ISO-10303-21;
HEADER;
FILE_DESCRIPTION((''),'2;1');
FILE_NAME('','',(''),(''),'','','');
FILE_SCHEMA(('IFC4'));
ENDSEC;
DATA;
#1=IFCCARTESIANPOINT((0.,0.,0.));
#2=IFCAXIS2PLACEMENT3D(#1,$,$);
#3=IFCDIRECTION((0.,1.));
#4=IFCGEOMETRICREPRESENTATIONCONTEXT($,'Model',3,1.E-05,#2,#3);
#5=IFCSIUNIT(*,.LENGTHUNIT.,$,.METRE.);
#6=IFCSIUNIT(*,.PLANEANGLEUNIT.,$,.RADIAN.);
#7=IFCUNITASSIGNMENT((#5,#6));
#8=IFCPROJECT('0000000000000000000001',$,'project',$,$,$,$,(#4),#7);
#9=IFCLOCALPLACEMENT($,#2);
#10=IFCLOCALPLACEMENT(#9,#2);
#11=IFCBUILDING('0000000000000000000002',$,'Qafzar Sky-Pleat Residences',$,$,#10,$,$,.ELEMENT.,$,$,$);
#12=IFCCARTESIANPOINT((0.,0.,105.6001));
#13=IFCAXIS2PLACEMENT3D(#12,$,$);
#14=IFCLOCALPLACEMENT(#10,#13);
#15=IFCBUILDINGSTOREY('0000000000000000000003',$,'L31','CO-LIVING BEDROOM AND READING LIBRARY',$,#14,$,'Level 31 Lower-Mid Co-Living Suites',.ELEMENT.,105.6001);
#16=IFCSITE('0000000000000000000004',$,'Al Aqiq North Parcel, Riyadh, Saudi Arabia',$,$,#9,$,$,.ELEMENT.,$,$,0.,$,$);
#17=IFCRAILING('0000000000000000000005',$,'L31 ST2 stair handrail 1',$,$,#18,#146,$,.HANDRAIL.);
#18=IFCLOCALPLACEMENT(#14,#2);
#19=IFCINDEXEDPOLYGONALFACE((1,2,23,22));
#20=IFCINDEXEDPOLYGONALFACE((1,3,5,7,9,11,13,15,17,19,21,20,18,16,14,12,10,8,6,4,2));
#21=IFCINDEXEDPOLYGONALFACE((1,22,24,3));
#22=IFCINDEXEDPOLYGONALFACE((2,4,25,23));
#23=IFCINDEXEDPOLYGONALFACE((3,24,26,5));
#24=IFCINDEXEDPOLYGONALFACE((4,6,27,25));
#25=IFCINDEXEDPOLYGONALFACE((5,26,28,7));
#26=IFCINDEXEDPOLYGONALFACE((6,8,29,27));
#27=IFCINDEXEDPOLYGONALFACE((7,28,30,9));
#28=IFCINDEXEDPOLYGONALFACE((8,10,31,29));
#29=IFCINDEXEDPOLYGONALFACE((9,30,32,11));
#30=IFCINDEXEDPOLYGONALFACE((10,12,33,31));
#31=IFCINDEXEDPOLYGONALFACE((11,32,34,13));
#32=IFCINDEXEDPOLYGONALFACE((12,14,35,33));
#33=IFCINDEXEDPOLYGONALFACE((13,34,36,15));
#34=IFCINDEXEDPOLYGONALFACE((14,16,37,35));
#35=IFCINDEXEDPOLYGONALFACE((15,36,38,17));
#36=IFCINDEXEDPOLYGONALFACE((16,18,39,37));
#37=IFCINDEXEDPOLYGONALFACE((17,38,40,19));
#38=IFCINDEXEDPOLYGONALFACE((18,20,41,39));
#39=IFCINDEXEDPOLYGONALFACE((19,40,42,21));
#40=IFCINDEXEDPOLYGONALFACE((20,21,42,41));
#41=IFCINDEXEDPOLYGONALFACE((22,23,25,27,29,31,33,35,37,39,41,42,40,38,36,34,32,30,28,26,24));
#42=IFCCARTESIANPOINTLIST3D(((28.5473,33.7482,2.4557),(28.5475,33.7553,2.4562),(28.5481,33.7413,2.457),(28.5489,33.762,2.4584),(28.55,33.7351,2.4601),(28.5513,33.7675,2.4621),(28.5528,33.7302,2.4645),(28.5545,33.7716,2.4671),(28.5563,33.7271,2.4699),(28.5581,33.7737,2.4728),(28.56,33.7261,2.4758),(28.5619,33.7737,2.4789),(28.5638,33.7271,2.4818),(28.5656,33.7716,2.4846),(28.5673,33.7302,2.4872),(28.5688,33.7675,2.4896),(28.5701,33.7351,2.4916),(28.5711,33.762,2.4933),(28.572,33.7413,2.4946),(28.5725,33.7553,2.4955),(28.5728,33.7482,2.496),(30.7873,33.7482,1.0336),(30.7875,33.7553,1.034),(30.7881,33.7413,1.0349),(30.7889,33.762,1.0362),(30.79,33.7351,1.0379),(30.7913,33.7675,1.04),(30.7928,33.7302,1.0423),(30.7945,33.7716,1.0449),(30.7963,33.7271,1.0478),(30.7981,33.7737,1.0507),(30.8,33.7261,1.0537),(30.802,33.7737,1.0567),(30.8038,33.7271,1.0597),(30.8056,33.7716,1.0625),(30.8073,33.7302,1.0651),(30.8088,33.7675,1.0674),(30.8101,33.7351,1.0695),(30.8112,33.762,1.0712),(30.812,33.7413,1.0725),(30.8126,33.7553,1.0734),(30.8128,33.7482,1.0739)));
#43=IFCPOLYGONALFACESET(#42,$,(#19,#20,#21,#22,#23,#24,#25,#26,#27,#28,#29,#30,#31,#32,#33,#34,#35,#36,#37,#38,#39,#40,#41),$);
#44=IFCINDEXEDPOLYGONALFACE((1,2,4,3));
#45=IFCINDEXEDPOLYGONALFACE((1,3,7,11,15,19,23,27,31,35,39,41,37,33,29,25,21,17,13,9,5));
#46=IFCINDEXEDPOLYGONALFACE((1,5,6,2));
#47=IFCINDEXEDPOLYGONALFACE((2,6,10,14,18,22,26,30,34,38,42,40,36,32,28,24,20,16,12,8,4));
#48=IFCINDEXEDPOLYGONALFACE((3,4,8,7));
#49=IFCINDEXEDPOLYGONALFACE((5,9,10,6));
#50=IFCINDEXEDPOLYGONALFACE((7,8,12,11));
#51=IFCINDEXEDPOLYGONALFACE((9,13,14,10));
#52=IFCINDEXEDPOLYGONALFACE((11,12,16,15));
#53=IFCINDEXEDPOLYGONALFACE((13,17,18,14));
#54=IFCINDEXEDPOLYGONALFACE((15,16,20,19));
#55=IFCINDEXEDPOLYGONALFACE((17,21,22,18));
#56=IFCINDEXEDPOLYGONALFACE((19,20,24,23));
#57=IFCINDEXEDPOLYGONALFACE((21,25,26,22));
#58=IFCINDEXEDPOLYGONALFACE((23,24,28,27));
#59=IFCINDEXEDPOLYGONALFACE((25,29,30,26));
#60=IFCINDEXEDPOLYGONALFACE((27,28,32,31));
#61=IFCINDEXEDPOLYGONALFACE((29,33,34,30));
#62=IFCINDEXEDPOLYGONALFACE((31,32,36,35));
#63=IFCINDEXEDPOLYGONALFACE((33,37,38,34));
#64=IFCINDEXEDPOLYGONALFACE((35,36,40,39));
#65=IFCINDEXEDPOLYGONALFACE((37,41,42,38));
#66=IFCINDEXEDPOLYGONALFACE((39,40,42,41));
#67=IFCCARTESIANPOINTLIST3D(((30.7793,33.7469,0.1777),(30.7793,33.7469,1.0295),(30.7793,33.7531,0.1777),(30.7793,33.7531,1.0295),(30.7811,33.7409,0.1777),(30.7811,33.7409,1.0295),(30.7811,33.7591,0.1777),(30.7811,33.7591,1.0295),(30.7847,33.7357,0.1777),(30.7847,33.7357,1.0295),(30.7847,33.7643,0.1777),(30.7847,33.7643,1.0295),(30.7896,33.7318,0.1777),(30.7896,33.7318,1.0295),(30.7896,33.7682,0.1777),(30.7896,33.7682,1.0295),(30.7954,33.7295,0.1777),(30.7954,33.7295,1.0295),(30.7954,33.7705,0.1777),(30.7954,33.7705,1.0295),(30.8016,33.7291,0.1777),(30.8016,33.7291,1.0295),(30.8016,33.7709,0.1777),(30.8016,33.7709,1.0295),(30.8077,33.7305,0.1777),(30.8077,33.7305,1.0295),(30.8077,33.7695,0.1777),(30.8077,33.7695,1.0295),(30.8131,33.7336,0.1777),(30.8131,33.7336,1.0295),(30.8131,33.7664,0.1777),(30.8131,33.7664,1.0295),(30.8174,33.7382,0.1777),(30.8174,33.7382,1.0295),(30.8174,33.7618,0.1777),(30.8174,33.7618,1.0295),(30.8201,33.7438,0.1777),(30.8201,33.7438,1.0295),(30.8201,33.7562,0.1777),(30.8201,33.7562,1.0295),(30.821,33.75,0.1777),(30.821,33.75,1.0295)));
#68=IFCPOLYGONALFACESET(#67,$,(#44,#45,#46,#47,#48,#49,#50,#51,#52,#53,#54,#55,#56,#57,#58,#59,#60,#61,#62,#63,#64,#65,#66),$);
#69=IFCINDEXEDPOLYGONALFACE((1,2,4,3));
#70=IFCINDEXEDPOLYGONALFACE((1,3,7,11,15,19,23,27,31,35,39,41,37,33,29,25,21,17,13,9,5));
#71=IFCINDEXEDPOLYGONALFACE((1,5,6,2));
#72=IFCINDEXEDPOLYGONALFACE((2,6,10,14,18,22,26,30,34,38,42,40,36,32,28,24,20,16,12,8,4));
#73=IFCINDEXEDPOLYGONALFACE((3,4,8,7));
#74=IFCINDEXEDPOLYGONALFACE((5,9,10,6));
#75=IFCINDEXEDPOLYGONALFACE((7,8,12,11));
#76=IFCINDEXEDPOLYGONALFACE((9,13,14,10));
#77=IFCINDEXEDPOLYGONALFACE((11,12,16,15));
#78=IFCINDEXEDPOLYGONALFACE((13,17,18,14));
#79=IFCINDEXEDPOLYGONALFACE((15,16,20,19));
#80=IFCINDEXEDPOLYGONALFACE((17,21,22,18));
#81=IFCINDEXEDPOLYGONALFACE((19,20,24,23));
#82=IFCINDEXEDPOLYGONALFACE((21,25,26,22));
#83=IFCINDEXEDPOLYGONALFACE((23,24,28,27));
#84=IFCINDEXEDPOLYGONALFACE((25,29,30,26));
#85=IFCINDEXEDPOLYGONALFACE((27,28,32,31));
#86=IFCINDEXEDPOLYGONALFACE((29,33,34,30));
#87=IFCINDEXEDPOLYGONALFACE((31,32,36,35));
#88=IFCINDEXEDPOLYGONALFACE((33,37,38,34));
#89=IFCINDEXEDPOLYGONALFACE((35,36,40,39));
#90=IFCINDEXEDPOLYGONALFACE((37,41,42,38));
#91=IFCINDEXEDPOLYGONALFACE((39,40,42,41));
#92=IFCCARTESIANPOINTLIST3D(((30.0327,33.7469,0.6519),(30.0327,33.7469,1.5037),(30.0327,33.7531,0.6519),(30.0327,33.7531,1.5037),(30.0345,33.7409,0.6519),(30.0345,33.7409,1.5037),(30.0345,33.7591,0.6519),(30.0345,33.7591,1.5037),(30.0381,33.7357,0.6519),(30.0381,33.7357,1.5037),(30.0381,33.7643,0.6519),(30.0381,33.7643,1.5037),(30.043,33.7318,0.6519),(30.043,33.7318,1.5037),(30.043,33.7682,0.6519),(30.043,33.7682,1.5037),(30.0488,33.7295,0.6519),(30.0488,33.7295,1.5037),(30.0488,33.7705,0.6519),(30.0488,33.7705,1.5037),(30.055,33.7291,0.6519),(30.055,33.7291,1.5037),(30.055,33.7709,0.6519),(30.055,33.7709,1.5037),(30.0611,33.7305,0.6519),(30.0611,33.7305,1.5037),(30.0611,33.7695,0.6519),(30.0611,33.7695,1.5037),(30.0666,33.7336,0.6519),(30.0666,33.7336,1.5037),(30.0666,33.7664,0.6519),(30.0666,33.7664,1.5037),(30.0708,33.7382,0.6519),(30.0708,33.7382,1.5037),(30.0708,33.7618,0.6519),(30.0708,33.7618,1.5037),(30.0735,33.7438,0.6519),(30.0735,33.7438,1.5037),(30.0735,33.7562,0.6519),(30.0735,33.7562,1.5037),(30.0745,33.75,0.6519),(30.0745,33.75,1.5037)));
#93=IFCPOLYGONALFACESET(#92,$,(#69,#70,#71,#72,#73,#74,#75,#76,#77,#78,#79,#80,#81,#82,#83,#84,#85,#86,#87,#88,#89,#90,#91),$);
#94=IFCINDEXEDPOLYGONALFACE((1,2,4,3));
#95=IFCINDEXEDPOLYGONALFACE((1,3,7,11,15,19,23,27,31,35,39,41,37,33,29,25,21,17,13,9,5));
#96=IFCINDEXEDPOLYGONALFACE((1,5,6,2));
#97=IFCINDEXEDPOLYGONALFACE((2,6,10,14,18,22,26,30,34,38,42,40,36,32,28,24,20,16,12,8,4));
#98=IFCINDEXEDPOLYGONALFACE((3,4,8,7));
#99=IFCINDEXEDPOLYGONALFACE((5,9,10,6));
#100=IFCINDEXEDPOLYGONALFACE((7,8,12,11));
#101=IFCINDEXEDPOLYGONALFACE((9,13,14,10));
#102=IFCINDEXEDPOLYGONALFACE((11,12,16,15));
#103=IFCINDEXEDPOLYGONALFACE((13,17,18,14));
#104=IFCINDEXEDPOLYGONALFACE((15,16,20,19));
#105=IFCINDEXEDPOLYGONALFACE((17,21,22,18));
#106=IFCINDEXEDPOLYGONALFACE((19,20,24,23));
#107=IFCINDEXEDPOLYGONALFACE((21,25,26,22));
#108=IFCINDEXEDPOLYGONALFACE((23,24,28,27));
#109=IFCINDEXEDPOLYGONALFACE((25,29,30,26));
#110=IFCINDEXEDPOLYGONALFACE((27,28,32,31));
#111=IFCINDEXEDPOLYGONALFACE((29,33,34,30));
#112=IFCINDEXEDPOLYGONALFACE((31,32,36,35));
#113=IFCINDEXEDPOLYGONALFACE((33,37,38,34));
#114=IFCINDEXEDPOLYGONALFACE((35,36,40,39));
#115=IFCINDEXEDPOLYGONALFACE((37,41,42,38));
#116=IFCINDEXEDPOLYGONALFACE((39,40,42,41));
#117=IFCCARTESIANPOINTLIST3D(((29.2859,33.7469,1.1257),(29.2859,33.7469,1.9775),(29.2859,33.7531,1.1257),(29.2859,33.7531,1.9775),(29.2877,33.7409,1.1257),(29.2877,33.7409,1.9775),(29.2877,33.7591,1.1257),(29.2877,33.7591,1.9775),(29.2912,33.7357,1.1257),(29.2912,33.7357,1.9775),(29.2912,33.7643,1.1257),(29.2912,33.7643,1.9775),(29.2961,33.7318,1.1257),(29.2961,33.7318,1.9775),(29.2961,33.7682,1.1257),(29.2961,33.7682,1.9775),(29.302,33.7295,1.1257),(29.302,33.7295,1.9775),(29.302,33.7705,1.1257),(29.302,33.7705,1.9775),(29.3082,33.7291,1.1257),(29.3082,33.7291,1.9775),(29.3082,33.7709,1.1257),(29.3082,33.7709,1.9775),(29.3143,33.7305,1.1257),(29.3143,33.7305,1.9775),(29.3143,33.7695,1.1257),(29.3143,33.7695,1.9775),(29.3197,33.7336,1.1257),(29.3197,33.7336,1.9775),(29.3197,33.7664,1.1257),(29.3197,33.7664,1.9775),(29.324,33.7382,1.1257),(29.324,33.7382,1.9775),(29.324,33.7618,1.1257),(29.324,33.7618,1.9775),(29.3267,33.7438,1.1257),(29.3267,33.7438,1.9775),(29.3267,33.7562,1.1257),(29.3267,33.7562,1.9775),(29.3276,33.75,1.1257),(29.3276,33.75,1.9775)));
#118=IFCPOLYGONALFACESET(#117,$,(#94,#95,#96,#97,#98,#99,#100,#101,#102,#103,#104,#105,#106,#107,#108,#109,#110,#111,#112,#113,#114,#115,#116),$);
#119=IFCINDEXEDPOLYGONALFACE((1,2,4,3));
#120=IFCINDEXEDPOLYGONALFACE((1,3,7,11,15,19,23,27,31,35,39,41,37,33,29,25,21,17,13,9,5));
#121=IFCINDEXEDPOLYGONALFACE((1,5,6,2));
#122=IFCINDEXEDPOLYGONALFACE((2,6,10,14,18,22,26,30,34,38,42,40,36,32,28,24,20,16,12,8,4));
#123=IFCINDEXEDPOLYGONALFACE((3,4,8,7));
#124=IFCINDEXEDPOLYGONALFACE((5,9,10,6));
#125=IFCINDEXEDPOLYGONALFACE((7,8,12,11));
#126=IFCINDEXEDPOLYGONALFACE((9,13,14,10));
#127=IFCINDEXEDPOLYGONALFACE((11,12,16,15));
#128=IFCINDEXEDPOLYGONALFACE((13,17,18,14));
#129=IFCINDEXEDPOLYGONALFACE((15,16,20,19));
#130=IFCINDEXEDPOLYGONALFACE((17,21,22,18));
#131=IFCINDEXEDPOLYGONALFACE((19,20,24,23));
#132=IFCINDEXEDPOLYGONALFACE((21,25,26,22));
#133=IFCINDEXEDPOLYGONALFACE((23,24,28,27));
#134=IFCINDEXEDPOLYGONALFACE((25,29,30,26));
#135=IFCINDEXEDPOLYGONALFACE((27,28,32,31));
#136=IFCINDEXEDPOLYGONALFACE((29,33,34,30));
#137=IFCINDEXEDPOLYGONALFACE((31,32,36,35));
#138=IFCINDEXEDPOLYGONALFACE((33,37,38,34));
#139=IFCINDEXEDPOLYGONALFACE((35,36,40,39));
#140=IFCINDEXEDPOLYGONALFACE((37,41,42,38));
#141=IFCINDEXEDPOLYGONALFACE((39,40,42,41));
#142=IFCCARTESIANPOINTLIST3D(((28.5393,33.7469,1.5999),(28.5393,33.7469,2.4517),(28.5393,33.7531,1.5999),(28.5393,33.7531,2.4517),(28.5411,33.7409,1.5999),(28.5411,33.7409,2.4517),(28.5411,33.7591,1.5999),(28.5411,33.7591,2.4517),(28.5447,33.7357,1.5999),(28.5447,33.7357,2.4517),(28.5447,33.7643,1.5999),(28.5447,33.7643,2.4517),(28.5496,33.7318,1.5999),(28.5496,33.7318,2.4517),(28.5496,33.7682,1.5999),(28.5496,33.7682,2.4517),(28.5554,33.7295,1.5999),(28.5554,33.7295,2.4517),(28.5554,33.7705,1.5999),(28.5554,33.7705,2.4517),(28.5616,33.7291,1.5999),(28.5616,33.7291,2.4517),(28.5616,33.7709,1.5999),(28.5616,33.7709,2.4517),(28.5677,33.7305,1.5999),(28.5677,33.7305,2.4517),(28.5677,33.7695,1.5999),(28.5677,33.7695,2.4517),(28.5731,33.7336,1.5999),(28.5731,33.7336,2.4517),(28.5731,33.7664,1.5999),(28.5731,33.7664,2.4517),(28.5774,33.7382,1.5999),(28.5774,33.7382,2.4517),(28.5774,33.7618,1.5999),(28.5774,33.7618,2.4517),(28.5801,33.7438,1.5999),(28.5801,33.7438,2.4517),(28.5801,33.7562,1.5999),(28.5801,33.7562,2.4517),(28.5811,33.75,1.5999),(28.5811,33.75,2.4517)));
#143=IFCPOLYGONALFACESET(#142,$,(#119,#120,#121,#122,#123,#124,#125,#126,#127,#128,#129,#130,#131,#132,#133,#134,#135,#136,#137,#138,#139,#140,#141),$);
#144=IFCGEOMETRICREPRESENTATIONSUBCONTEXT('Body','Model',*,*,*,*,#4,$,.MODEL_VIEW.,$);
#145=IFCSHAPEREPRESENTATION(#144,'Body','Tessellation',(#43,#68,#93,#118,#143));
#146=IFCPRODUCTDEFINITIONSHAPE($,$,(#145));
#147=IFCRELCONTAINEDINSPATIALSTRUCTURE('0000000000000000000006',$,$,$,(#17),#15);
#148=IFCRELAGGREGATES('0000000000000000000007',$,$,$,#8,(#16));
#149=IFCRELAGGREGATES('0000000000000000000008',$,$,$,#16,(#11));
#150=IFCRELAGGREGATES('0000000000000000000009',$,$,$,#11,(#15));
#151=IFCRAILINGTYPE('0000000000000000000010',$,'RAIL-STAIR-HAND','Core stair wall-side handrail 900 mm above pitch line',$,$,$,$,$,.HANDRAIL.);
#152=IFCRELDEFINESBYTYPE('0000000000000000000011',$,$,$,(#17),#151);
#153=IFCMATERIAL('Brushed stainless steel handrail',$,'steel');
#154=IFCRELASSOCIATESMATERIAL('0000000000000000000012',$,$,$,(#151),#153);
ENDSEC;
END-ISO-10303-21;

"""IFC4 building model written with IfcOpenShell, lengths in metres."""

from ifc_helpers import new_model, si_unit, direction, frame, origin, origin_2d, place, context, subcontext, project, spatial, circle, extrude, source, transform, mapped, material, type_object, element, save


model = new_model("IFC4")

# Units and contexts
model_context = context("Model", 3, precision=1e-05, world=origin(), true_north=direction((0.0, 1.0)))
body_context = subcontext(model_context, "Body", "Model", "MODEL_VIEW")
ifc_project = project(units=[si_unit("LENGTHUNIT", "METRE"), si_unit("PLANEANGLEUNIT", "RADIAN")], contexts=[model_context])

# Site, building, storey
site_placement = place(None, origin())
site = spatial("IfcSite", under=ifc_project, at=site_placement, Name="Al Aqiq North Parcel, Riyadh, Saudi Arabia", CompositionType="ELEMENT", RefElevation=0.0)
building_placement = place(site_placement, origin())
building = spatial("IfcBuilding", under=site, at=building_placement, Name="Qafzar Sky-Pleat Residences", CompositionType="ELEMENT")
storey_placement = place(building_placement, frame((0.0, 0.0, 105.6001)))
storey = spatial("IfcBuildingStorey", under=building, at=storey_placement, Name="L31", Description="CO-LIVING BEDROOM AND READING LIBRARY", LongName="Level 31 Lower-Mid Co-Living Suites", CompositionType="ELEMENT", Elevation=105.6001)

# Railing
ifc_material_1 = material(Name="Brushed stainless steel handrail", Category="steel")
railing_type_1 = type_object("IfcRailingType", Name="RAIL-STAIR-HAND", Description="Core stair wall-side handrail 900 mm above pitch line", PredefinedType="HANDRAIL", material=ifc_material_1)
shared_shape_1 = source(origin(), body_context, "Body", "SweptSolid", [
    extrude(circle(Radius=0.0239, at=origin_2d()), frame((0.0, 0.0, 0.876), z_axis=(-0.844229, 0.0, 0.535982), x_axis=(0.0, -1.0, 0.0)), (0.0, 0.0, 1.0), 2.6533),
    extrude(circle(Radius=0.021, at=origin_2d()), origin(), (0.0, 0.0, 1.0), 0.8518),
    extrude(circle(Radius=0.021, at=origin_2d()), frame((-0.7466, 0.0, 0.4741)), (0.0, 0.0, 1.0), 0.8518),
    extrude(circle(Radius=0.021, at=origin_2d()), frame((-1.4934, 0.0, 0.948)), (0.0, 0.0, 1.0), 0.8518),
    extrude(circle(Radius=0.021, at=origin_2d()), frame((-2.24, 0.0, 1.4221)), (0.0, 0.0, 1.0), 0.8518),
])
railing_1_placement = place(storey_placement, frame((30.8, 33.75, 0.1777)))
element("IfcRailing", 1, at=railing_1_placement, inside=storey, type_object=railing_type_1, Name="L31 ST2 stair handrail 1", PredefinedType="HANDRAIL", context=body_context, shape_type="MappedRepresentation", body=[
    mapped(shared_shape_1, transform((0.0, 0.0, 0.0), x_axis=(1.0, 0.0, 0.0), y_axis=(0.0, 1.0, 0.0), z_axis=(0.0, 0.0, 1.0), scale=1.0)),
])

save(model, "model.ifc")
